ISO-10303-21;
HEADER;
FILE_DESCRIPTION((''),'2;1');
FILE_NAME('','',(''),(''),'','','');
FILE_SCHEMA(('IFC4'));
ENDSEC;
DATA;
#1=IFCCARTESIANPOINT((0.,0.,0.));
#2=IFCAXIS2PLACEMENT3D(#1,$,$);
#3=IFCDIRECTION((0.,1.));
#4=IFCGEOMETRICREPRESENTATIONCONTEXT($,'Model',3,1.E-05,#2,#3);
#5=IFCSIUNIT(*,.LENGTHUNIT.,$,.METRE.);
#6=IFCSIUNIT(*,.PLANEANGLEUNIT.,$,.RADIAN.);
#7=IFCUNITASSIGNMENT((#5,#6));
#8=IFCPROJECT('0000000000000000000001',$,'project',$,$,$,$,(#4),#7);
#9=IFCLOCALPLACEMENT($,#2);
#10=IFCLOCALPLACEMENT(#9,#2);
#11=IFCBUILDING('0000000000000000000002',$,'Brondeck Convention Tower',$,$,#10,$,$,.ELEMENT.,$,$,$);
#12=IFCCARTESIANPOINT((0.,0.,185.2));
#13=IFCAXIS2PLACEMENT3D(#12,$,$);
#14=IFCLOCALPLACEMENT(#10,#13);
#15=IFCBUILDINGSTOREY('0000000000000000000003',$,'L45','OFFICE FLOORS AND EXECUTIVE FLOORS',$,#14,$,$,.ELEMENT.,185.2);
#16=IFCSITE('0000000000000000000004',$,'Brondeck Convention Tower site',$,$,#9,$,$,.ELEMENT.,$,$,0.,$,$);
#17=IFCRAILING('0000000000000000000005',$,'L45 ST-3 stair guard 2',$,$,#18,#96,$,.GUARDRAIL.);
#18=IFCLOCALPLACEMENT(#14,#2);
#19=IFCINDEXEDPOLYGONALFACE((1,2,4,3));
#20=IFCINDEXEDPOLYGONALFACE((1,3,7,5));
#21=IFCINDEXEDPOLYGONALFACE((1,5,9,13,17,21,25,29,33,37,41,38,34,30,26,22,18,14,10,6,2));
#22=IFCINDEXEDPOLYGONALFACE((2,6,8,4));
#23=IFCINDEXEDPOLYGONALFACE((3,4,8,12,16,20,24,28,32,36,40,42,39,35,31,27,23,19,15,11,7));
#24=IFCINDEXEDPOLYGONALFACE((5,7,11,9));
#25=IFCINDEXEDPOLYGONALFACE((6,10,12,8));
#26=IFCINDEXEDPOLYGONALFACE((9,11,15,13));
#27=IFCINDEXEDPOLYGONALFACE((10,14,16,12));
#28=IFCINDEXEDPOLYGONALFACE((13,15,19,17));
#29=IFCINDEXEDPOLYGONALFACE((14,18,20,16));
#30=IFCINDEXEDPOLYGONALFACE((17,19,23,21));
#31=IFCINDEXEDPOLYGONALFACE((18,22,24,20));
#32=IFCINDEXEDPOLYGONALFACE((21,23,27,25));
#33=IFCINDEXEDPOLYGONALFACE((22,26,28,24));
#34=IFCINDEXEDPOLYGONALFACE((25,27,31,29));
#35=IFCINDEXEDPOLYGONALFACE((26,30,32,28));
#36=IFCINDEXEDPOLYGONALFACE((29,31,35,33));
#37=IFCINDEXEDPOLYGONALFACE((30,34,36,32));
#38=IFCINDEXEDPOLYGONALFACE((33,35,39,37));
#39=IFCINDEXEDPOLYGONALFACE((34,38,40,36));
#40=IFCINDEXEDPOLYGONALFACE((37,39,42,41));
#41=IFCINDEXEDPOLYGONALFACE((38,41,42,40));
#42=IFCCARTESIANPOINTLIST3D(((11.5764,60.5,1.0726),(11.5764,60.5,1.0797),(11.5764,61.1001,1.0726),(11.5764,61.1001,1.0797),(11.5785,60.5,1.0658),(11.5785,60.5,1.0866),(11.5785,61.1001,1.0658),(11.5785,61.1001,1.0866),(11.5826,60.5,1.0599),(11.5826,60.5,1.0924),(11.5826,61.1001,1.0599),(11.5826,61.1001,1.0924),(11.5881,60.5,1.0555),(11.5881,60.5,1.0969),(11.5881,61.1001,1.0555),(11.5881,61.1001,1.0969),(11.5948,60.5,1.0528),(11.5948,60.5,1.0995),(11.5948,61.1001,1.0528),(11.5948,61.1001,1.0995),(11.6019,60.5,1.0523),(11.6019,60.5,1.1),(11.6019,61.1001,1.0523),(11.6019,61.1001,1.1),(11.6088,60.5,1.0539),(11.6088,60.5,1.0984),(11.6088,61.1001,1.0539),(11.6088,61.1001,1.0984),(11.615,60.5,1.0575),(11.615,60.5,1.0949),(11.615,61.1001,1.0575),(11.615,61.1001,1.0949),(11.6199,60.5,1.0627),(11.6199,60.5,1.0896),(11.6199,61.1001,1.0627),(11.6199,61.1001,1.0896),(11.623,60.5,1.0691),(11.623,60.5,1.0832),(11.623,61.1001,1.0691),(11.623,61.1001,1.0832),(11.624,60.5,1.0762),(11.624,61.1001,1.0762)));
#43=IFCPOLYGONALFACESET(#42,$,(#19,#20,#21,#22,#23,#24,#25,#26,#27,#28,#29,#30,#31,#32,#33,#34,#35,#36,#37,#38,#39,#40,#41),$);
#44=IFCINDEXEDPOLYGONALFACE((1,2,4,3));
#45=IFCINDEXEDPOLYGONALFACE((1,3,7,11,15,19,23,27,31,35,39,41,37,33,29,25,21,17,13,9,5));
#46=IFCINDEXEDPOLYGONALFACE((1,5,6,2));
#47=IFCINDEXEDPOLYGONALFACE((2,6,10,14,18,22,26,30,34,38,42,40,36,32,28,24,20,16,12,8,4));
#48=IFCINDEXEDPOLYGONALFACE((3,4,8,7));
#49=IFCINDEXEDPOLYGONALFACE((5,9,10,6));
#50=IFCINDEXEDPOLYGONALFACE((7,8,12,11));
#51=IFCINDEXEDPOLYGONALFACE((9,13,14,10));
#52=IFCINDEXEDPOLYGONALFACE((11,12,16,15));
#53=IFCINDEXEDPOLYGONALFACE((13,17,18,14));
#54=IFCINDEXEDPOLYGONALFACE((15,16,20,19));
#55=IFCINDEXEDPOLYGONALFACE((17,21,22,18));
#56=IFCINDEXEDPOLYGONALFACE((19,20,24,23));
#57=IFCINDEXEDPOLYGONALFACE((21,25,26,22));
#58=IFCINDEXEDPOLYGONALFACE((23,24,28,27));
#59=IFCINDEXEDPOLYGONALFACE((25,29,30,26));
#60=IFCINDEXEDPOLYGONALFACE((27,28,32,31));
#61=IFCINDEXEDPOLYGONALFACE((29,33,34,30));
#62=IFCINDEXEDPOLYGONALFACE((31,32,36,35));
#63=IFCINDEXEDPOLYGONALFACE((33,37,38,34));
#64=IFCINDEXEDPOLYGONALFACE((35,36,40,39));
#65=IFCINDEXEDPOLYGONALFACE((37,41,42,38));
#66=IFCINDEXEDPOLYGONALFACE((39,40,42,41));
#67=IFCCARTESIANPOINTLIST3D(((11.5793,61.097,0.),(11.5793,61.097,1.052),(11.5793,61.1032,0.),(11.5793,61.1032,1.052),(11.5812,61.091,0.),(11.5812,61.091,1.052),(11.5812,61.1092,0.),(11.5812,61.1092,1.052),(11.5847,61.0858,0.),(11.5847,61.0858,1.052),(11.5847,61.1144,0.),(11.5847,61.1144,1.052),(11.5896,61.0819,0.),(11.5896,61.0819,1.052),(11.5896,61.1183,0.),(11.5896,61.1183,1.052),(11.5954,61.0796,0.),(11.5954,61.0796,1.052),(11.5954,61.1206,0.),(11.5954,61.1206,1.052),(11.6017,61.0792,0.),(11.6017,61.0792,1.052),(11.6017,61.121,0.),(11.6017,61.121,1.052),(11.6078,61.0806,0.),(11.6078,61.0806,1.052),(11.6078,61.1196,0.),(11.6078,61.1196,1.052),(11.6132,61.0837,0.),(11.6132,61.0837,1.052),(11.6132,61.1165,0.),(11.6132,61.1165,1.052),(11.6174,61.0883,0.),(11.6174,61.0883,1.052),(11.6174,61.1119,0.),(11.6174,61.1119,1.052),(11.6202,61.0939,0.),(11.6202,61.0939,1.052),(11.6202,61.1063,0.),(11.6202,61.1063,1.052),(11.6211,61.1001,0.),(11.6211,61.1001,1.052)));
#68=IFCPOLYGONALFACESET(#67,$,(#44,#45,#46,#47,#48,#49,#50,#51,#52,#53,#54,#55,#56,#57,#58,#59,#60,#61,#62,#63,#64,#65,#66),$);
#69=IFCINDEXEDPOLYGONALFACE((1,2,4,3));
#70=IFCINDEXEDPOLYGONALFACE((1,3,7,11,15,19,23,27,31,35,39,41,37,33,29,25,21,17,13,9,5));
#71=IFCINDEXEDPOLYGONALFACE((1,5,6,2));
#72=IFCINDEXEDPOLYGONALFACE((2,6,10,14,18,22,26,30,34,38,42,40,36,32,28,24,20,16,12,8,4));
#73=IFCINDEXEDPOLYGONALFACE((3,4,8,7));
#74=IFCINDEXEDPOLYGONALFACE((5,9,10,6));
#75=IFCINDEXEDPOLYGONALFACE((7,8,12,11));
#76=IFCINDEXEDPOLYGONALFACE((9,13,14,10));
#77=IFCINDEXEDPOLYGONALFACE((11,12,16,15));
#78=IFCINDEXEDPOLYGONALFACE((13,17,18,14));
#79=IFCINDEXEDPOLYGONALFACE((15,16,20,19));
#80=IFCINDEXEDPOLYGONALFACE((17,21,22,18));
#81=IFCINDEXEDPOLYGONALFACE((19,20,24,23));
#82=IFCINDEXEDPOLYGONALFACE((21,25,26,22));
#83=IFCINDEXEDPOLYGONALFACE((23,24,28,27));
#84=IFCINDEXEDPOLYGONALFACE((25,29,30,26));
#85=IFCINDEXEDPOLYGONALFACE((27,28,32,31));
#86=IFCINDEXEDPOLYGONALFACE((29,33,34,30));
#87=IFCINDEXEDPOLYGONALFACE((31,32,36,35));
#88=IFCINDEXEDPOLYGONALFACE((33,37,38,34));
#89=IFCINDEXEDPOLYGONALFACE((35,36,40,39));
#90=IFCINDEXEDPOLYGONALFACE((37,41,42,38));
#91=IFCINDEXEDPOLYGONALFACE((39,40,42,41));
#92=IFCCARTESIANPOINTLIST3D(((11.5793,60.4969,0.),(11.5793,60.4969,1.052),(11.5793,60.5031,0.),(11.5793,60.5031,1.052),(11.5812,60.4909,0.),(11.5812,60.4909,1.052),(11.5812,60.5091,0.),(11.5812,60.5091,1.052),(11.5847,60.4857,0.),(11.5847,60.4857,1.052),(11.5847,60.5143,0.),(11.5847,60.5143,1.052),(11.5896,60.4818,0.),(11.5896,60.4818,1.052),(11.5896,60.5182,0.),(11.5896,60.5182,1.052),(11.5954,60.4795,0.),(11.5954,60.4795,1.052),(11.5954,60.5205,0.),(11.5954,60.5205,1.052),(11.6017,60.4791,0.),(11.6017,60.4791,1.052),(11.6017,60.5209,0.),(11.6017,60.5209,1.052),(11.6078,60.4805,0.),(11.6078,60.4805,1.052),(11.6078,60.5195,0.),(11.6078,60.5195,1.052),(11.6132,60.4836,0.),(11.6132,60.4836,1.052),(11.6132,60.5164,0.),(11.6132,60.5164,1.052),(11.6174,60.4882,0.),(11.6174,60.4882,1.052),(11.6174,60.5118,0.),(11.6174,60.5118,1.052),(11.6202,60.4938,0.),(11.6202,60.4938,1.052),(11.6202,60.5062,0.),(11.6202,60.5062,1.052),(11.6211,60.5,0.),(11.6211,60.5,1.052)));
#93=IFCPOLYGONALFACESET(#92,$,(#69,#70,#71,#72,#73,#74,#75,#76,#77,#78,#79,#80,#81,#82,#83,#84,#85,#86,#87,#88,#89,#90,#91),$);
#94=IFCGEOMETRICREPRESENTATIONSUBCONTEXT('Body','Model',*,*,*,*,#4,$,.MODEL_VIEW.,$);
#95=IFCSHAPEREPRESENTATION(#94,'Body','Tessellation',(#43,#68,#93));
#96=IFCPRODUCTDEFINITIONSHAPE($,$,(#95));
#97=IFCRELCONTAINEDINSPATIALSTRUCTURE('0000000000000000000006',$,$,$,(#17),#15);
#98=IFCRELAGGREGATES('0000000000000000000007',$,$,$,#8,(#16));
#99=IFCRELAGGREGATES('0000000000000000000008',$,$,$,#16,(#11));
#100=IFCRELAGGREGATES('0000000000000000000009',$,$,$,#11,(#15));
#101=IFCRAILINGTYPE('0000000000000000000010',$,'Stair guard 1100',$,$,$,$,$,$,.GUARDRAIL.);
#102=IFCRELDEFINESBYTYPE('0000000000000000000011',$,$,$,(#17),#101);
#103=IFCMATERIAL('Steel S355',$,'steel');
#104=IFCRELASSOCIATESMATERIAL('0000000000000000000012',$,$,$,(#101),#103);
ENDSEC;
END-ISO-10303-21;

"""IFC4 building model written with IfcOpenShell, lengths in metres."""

from ifc_helpers import new_model, si_unit, direction, frame, origin, origin_2d, place, context, subcontext, project, spatial, circle, extrude, material, type_object, element, save


model = new_model("IFC4")

# Units and contexts
model_context = context("Model", 3, precision=1e-05, world=origin(), true_north=direction((0.0, 1.0)))
body_context = subcontext(model_context, "Body", "Model", "MODEL_VIEW")
ifc_project = project(units=[si_unit("LENGTHUNIT", "METRE"), si_unit("PLANEANGLEUNIT", "RADIAN")], contexts=[model_context])

# Site, building, storey
site_placement = place(None, origin())
site = spatial("IfcSite", under=ifc_project, at=site_placement, Name="Brondeck Convention Tower site", CompositionType="ELEMENT", RefElevation=0.0)
building_placement = place(site_placement, origin())
building = spatial("IfcBuilding", under=site, at=building_placement, Name="Brondeck Convention Tower", CompositionType="ELEMENT")
storey_placement = place(building_placement, frame((0.0, 0.0, 185.2)))
storey = spatial("IfcBuildingStorey", under=building, at=storey_placement, Name="L45", Description="OFFICE FLOORS AND EXECUTIVE FLOORS", CompositionType="ELEMENT", Elevation=185.2)

# Railing
ifc_material_1 = material(Name="Steel S355", Category="steel")
railing_type_1 = type_object("IfcRailingType", Name="Stair guard 1100", PredefinedType="GUARDRAIL", material=ifc_material_1)
railing_1_placement = place(storey_placement, frame((11.6001, 61.1001, 0.0)))
element("IfcRailing", 1, at=railing_1_placement, inside=storey, type_object=railing_type_1, Name="L45 ST-3 stair guard 2", PredefinedType="GUARDRAIL", context=body_context, shape_type="SweptSolid", body=[
    extrude(circle(Radius=0.0239, at=origin_2d()), frame((0.0, 0.0, 1.0762), z_axis=(0.0, -1.0, 0.0), x_axis=(1.0, 0.0, 0.0)), (0.0, 0.0, 1.0), 0.6001),
    extrude(circle(Radius=0.021, at=origin_2d()), origin(), (0.0, 0.0, 1.0), 1.052),
    extrude(circle(Radius=0.021, at=origin_2d()), frame((0.0, -0.6001, 0.0)), (0.0, 0.0, 1.0), 1.052),
])

save(model, "model.ifc")
